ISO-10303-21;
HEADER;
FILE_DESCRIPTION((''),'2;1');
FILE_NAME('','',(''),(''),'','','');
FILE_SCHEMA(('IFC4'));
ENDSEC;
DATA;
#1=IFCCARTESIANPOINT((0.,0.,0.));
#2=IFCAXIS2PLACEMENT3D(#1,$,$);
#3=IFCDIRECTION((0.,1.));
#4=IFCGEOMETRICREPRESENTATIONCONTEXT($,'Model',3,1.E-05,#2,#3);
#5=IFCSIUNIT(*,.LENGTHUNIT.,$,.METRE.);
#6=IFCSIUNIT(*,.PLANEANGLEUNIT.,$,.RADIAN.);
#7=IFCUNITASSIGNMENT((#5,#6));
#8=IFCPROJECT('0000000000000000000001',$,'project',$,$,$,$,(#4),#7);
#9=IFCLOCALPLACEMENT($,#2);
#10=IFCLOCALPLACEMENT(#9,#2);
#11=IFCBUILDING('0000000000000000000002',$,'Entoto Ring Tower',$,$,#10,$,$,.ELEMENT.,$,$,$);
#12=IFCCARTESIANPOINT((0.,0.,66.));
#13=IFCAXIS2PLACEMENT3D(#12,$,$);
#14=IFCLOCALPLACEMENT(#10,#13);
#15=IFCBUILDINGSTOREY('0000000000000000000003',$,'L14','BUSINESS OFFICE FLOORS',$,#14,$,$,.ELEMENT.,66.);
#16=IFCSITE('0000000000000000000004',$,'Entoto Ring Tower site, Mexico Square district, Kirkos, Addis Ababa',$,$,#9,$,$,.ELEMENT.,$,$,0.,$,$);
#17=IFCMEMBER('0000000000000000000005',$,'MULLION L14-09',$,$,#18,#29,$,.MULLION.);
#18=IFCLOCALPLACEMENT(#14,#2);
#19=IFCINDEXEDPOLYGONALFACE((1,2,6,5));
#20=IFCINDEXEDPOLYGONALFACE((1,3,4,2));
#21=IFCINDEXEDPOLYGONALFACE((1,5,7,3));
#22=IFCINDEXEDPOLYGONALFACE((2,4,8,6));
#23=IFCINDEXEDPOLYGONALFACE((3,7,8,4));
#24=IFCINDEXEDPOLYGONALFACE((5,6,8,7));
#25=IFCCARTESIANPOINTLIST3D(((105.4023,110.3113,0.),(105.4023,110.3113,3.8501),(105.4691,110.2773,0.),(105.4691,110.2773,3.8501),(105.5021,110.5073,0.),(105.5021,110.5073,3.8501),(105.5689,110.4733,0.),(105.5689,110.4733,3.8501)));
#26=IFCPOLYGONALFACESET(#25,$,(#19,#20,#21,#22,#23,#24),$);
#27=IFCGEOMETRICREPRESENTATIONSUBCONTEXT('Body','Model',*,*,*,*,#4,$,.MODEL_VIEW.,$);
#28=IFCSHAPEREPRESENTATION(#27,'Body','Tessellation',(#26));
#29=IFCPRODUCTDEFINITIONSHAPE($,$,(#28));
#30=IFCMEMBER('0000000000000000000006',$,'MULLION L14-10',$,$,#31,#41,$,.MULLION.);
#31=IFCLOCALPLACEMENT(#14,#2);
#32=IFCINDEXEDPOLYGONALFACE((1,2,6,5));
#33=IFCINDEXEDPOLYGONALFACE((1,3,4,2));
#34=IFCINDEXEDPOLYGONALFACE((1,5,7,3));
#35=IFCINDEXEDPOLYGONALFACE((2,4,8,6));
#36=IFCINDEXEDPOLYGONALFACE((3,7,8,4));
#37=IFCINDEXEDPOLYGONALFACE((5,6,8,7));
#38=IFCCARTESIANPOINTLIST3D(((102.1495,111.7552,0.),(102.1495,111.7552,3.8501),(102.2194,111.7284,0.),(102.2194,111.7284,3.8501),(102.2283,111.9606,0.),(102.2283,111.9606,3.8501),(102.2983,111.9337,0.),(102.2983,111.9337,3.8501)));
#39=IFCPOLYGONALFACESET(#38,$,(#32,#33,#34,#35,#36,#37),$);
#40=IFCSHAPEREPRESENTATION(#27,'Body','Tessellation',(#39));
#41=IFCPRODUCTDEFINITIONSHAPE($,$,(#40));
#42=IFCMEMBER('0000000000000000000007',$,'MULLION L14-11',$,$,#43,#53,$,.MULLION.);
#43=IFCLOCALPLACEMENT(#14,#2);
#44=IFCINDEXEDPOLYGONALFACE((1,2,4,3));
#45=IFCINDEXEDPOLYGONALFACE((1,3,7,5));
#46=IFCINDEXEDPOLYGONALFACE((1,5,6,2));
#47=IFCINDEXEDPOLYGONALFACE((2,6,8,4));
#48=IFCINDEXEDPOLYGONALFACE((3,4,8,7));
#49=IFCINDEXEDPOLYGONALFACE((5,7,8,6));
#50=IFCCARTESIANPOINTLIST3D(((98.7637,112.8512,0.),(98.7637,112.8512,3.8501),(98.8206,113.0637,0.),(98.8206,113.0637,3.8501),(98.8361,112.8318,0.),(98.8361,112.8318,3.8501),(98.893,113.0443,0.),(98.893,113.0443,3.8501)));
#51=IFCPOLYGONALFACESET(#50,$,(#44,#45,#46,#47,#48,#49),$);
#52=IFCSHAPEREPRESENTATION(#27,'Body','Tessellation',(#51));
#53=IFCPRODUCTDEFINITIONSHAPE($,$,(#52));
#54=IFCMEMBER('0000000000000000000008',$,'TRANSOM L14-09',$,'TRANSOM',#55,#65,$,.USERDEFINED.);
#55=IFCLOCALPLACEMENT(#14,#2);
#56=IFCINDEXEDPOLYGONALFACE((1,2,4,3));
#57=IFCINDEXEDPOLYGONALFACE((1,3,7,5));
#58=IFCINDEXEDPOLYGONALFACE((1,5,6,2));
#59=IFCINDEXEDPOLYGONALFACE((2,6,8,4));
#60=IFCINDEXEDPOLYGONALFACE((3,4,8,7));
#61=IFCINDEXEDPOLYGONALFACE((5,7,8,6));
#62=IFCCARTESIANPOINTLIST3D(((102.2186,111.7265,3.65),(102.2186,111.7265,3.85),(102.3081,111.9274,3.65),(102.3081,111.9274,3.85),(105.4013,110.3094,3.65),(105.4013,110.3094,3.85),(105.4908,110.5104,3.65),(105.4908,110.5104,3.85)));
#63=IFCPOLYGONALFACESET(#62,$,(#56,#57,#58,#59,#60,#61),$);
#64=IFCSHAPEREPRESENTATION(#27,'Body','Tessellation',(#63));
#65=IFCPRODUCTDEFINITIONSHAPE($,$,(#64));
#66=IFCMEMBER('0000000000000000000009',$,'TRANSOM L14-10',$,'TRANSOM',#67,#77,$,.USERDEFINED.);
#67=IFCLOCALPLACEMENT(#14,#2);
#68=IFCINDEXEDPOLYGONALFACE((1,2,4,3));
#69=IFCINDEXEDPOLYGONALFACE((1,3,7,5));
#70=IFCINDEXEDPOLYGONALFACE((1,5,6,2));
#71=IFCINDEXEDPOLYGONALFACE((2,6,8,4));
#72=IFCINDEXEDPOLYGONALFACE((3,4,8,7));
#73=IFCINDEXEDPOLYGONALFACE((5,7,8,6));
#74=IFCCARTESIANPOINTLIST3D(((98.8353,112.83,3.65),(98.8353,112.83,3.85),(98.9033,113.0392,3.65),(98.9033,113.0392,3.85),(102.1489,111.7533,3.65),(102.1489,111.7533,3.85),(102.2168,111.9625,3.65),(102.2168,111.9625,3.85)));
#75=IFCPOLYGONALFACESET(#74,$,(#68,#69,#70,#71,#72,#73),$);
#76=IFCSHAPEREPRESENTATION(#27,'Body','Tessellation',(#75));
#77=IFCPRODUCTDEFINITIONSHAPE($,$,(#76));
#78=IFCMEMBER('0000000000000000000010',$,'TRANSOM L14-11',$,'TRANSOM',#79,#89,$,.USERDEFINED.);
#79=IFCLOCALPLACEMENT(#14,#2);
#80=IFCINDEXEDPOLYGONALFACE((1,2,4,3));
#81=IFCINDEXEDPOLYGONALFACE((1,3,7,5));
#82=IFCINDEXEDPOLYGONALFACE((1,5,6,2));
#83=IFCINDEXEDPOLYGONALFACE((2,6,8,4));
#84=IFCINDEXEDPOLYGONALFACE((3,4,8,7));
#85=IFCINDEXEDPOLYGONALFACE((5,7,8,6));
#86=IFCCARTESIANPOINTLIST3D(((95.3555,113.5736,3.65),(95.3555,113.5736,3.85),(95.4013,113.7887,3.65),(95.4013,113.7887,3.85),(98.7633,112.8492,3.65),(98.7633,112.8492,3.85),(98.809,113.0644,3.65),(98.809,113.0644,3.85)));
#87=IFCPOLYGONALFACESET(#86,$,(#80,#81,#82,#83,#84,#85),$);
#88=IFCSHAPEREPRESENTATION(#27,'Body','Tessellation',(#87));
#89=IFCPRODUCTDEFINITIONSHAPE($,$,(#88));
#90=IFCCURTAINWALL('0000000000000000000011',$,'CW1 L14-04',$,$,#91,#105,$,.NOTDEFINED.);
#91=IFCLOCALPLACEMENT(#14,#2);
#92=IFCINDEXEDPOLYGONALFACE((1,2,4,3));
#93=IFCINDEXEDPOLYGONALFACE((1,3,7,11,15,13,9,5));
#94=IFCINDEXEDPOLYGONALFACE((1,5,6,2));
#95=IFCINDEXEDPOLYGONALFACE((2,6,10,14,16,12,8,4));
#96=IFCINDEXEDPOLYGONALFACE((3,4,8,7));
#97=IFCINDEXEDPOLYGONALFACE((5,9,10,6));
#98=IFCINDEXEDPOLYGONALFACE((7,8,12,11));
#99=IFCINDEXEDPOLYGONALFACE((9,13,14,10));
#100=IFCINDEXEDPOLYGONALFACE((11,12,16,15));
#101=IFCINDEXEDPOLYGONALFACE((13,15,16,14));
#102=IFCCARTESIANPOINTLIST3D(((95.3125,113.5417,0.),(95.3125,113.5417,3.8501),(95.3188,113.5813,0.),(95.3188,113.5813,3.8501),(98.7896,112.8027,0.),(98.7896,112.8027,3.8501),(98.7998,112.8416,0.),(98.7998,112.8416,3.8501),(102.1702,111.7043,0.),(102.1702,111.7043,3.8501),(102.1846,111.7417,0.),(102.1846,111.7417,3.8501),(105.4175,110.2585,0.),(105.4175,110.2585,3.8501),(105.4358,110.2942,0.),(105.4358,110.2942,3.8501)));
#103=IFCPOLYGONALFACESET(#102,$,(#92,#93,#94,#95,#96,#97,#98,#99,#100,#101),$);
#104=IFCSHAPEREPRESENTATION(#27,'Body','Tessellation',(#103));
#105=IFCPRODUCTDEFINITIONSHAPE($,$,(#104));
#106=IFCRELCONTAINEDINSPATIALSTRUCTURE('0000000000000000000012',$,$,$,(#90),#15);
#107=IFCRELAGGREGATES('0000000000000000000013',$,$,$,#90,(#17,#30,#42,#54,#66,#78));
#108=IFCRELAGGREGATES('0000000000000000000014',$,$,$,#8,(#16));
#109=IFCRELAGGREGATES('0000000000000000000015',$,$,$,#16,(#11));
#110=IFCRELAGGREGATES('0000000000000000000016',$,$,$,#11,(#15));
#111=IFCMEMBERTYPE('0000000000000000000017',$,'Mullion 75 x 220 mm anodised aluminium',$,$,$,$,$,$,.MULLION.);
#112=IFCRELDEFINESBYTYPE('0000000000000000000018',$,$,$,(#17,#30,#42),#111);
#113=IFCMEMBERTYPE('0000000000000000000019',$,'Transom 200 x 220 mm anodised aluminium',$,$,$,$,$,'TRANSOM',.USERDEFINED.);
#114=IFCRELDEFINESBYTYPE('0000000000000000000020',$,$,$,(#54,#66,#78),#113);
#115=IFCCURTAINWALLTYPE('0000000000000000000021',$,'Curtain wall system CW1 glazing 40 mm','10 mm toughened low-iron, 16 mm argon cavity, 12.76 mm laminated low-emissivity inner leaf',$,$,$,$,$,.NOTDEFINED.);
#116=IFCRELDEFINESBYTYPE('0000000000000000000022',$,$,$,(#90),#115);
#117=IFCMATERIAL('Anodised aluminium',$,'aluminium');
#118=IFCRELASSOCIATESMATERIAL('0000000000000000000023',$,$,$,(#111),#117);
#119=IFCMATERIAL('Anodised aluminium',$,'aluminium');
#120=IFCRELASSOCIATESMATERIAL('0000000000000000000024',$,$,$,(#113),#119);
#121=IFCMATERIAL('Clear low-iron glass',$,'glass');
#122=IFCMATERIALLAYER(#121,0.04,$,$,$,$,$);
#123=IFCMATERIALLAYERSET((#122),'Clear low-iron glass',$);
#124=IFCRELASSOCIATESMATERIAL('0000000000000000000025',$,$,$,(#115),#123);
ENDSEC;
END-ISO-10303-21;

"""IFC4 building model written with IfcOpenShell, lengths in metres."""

from ifc_helpers import new_model, si_unit, direction, frame, origin, origin_2d, place, context, subcontext, project, spatial, polyline, rectangle, outline, extrude, material, layer, layer_set, material_profile, profile_set, type_object, element, aggregate, save


model = new_model("IFC4")

# Units and contexts
model_context = context("Model", 3, precision=1e-05, world=origin(), true_north=direction((0.0, 1.0)))
body_context = subcontext(model_context, "Body", "Model", "MODEL_VIEW")
ifc_project = project(units=[si_unit("LENGTHUNIT", "METRE"), si_unit("PLANEANGLEUNIT", "RADIAN")], contexts=[model_context])

# Members
ifc_material_1 = material(Name="Anodised aluminium", Category="aluminium")
ifc_material_profile_1 = material_profile(ifc_material_1, rectangle(XDim=0.075, YDim=0.22, at=origin_2d()), Name="Mullion 75 x 220 mm anodised aluminium")
ifc_profile_set_1 = profile_set([ifc_material_profile_1], Name="Anodised aluminium")
member_type_1 = type_object("IfcMemberType", Name="Mullion 75 x 220 mm anodised aluminium", PredefinedType="MULLION", material=ifc_profile_set_1)
site_placement = place(None, origin())
building_placement = place(site_placement, origin())
storey_placement = place(building_placement, frame((0.0, 0.0, 66.0)))
member_1_placement = place(storey_placement, frame((105.4856, 110.3923, 0.0), z_axis=(0.0, 0.0, 1.0), x_axis=(-0.891007, 0.45399, 0.0)))
member_1 = element("IfcMember", 1, at=member_1_placement, type_object=member_type_1, Name="MULLION L14-09", PredefinedType="MULLION", context=body_context, shape_type="SweptSolid", body=[
    extrude(rectangle(XDim=0.075, YDim=0.22, at=origin_2d()), origin(), (0.0, 0.0, 1.0), 3.8501),
])
member_2_placement = place(storey_placement, frame((102.2239, 111.8445, 0.0), z_axis=(0.0, 0.0, 1.0), x_axis=(-0.93358, 0.358368, 0.0)))
member_2 = element("IfcMember", 2, at=member_2_placement, type_object=member_type_1, Name="MULLION L14-10", PredefinedType="MULLION", context=body_context, shape_type="SweptSolid", body=[
    extrude(rectangle(XDim=0.075, YDim=0.22, at=origin_2d()), origin(), (0.0, 0.0, 1.0), 3.8501),
])
member_3_placement = place(storey_placement, frame((98.8284, 112.9478, 0.0), z_axis=(0.0, 0.0, 1.0), x_axis=(-0.965926, 0.258819, 0.0)))
member_3 = element("IfcMember", 3, at=member_3_placement, type_object=member_type_1, Name="MULLION L14-11", PredefinedType="MULLION", context=body_context, shape_type="SweptSolid", body=[
    extrude(rectangle(XDim=0.075, YDim=0.22, at=origin_2d()), origin(), (0.0, 0.0, 1.0), 3.8501),
])
ifc_material_2 = material(Name="Anodised aluminium", Category="aluminium")
ifc_material_profile_2 = material_profile(ifc_material_2, rectangle(XDim=0.22, YDim=0.2, at=origin_2d()), Name="Transom 200 x 220 mm anodised aluminium")
ifc_profile_set_2 = profile_set([ifc_material_profile_2], Name="Anodised aluminium")
member_type_2 = type_object("IfcMemberType", Name="Transom 200 x 220 mm anodised aluminium", ElementType="TRANSOM", PredefinedType="USERDEFINED", material=ifc_profile_set_2)
member_4_placement = place(storey_placement, frame((105.446, 110.4099, 3.75), z_axis=(-0.913545, 0.406737, 0.0), x_axis=(-0.406737, -0.913545, 0.0)))
member_4 = element("IfcMember", 4, at=member_4_placement, type_object=member_type_2, Name="TRANSOM L14-09", ObjectType="TRANSOM", PredefinedType="USERDEFINED", context=body_context, shape_type="SweptSolid", body=[
    extrude(rectangle(XDim=0.22, YDim=0.2, at=origin_2d()), origin(), (0.0, 0.0, 1.0), 3.4839),
])
member_5_placement = place(storey_placement, frame((102.1829, 111.8579, 3.75), z_axis=(-0.951053, 0.309029, 0.0), x_axis=(-0.309029, -0.951053, 0.0)))
member_5 = element("IfcMember", 5, at=member_5_placement, type_object=member_type_2, Name="TRANSOM L14-10", ObjectType="TRANSOM", PredefinedType="USERDEFINED", context=body_context, shape_type="SweptSolid", body=[
    extrude(rectangle(XDim=0.22, YDim=0.2, at=origin_2d()), origin(), (0.0, 0.0, 1.0), 3.4841),
])
member_6_placement = place(storey_placement, frame((98.7861, 112.9568, 3.75), z_axis=(-0.978146, 0.207921, 0.0), x_axis=(-0.207921, -0.978146, 0.0)))
member_6 = element("IfcMember", 6, at=member_6_placement, type_object=member_type_2, Name="TRANSOM L14-11", ObjectType="TRANSOM", PredefinedType="USERDEFINED", context=body_context, shape_type="SweptSolid", body=[
    extrude(rectangle(XDim=0.22, YDim=0.2, at=origin_2d()), origin(), (0.0, 0.0, 1.0), 3.4839),
])

# Site, building, storey
site = spatial("IfcSite", under=ifc_project, at=site_placement, Name="Entoto Ring Tower site, Mexico Square district, Kirkos, Addis Ababa", CompositionType="ELEMENT", RefElevation=0.0)
building = spatial("IfcBuilding", under=site, at=building_placement, Name="Entoto Ring Tower", CompositionType="ELEMENT")
storey = spatial("IfcBuildingStorey", under=building, at=storey_placement, Name="L14", Description="BUSINESS OFFICE FLOORS", CompositionType="ELEMENT", Elevation=66.0)

# Curtain wall
ifc_material_3 = material(Name="Clear low-iron glass", Category="glass")
ifc_layer = layer(ifc_material_3, 0.04)
ifc_layer_set = layer_set([ifc_layer], Name="Clear low-iron glass")
curtain_wall_type = type_object("IfcCurtainWallType", Name="Curtain wall system CW1 glazing 40 mm", Description="10 mm toughened low-iron, 16 mm argon cavity, 12.76 mm laminated low-emissivity inner leaf", PredefinedType="NOTDEFINED", material=ifc_layer_set)
curtain_wall_1_placement = place(storey_placement, origin())
curtain_wall_1 = element("IfcCurtainWall", 7, at=curtain_wall_1_placement, inside=storey, type_object=curtain_wall_type, Name="CW1 L14-04", PredefinedType="NOTDEFINED", context=body_context, shape_type="SweptSolid", body=[
    extrude(outline(polyline([(105.4358, 110.2942), (102.1846, 111.7417), (98.7998, 112.8416), (95.3188, 113.5813), (95.3125, 113.5417), (98.7896, 112.8027), (102.1702, 111.7043), (105.4175, 110.2585), (105.4358, 110.2942)])), origin(), (0.0, 0.0, 1.0), 3.8501),
])
aggregate(curtain_wall_1, [member_1, member_2, member_3, member_4, member_5, member_6])

save(model, "model.ifc")
